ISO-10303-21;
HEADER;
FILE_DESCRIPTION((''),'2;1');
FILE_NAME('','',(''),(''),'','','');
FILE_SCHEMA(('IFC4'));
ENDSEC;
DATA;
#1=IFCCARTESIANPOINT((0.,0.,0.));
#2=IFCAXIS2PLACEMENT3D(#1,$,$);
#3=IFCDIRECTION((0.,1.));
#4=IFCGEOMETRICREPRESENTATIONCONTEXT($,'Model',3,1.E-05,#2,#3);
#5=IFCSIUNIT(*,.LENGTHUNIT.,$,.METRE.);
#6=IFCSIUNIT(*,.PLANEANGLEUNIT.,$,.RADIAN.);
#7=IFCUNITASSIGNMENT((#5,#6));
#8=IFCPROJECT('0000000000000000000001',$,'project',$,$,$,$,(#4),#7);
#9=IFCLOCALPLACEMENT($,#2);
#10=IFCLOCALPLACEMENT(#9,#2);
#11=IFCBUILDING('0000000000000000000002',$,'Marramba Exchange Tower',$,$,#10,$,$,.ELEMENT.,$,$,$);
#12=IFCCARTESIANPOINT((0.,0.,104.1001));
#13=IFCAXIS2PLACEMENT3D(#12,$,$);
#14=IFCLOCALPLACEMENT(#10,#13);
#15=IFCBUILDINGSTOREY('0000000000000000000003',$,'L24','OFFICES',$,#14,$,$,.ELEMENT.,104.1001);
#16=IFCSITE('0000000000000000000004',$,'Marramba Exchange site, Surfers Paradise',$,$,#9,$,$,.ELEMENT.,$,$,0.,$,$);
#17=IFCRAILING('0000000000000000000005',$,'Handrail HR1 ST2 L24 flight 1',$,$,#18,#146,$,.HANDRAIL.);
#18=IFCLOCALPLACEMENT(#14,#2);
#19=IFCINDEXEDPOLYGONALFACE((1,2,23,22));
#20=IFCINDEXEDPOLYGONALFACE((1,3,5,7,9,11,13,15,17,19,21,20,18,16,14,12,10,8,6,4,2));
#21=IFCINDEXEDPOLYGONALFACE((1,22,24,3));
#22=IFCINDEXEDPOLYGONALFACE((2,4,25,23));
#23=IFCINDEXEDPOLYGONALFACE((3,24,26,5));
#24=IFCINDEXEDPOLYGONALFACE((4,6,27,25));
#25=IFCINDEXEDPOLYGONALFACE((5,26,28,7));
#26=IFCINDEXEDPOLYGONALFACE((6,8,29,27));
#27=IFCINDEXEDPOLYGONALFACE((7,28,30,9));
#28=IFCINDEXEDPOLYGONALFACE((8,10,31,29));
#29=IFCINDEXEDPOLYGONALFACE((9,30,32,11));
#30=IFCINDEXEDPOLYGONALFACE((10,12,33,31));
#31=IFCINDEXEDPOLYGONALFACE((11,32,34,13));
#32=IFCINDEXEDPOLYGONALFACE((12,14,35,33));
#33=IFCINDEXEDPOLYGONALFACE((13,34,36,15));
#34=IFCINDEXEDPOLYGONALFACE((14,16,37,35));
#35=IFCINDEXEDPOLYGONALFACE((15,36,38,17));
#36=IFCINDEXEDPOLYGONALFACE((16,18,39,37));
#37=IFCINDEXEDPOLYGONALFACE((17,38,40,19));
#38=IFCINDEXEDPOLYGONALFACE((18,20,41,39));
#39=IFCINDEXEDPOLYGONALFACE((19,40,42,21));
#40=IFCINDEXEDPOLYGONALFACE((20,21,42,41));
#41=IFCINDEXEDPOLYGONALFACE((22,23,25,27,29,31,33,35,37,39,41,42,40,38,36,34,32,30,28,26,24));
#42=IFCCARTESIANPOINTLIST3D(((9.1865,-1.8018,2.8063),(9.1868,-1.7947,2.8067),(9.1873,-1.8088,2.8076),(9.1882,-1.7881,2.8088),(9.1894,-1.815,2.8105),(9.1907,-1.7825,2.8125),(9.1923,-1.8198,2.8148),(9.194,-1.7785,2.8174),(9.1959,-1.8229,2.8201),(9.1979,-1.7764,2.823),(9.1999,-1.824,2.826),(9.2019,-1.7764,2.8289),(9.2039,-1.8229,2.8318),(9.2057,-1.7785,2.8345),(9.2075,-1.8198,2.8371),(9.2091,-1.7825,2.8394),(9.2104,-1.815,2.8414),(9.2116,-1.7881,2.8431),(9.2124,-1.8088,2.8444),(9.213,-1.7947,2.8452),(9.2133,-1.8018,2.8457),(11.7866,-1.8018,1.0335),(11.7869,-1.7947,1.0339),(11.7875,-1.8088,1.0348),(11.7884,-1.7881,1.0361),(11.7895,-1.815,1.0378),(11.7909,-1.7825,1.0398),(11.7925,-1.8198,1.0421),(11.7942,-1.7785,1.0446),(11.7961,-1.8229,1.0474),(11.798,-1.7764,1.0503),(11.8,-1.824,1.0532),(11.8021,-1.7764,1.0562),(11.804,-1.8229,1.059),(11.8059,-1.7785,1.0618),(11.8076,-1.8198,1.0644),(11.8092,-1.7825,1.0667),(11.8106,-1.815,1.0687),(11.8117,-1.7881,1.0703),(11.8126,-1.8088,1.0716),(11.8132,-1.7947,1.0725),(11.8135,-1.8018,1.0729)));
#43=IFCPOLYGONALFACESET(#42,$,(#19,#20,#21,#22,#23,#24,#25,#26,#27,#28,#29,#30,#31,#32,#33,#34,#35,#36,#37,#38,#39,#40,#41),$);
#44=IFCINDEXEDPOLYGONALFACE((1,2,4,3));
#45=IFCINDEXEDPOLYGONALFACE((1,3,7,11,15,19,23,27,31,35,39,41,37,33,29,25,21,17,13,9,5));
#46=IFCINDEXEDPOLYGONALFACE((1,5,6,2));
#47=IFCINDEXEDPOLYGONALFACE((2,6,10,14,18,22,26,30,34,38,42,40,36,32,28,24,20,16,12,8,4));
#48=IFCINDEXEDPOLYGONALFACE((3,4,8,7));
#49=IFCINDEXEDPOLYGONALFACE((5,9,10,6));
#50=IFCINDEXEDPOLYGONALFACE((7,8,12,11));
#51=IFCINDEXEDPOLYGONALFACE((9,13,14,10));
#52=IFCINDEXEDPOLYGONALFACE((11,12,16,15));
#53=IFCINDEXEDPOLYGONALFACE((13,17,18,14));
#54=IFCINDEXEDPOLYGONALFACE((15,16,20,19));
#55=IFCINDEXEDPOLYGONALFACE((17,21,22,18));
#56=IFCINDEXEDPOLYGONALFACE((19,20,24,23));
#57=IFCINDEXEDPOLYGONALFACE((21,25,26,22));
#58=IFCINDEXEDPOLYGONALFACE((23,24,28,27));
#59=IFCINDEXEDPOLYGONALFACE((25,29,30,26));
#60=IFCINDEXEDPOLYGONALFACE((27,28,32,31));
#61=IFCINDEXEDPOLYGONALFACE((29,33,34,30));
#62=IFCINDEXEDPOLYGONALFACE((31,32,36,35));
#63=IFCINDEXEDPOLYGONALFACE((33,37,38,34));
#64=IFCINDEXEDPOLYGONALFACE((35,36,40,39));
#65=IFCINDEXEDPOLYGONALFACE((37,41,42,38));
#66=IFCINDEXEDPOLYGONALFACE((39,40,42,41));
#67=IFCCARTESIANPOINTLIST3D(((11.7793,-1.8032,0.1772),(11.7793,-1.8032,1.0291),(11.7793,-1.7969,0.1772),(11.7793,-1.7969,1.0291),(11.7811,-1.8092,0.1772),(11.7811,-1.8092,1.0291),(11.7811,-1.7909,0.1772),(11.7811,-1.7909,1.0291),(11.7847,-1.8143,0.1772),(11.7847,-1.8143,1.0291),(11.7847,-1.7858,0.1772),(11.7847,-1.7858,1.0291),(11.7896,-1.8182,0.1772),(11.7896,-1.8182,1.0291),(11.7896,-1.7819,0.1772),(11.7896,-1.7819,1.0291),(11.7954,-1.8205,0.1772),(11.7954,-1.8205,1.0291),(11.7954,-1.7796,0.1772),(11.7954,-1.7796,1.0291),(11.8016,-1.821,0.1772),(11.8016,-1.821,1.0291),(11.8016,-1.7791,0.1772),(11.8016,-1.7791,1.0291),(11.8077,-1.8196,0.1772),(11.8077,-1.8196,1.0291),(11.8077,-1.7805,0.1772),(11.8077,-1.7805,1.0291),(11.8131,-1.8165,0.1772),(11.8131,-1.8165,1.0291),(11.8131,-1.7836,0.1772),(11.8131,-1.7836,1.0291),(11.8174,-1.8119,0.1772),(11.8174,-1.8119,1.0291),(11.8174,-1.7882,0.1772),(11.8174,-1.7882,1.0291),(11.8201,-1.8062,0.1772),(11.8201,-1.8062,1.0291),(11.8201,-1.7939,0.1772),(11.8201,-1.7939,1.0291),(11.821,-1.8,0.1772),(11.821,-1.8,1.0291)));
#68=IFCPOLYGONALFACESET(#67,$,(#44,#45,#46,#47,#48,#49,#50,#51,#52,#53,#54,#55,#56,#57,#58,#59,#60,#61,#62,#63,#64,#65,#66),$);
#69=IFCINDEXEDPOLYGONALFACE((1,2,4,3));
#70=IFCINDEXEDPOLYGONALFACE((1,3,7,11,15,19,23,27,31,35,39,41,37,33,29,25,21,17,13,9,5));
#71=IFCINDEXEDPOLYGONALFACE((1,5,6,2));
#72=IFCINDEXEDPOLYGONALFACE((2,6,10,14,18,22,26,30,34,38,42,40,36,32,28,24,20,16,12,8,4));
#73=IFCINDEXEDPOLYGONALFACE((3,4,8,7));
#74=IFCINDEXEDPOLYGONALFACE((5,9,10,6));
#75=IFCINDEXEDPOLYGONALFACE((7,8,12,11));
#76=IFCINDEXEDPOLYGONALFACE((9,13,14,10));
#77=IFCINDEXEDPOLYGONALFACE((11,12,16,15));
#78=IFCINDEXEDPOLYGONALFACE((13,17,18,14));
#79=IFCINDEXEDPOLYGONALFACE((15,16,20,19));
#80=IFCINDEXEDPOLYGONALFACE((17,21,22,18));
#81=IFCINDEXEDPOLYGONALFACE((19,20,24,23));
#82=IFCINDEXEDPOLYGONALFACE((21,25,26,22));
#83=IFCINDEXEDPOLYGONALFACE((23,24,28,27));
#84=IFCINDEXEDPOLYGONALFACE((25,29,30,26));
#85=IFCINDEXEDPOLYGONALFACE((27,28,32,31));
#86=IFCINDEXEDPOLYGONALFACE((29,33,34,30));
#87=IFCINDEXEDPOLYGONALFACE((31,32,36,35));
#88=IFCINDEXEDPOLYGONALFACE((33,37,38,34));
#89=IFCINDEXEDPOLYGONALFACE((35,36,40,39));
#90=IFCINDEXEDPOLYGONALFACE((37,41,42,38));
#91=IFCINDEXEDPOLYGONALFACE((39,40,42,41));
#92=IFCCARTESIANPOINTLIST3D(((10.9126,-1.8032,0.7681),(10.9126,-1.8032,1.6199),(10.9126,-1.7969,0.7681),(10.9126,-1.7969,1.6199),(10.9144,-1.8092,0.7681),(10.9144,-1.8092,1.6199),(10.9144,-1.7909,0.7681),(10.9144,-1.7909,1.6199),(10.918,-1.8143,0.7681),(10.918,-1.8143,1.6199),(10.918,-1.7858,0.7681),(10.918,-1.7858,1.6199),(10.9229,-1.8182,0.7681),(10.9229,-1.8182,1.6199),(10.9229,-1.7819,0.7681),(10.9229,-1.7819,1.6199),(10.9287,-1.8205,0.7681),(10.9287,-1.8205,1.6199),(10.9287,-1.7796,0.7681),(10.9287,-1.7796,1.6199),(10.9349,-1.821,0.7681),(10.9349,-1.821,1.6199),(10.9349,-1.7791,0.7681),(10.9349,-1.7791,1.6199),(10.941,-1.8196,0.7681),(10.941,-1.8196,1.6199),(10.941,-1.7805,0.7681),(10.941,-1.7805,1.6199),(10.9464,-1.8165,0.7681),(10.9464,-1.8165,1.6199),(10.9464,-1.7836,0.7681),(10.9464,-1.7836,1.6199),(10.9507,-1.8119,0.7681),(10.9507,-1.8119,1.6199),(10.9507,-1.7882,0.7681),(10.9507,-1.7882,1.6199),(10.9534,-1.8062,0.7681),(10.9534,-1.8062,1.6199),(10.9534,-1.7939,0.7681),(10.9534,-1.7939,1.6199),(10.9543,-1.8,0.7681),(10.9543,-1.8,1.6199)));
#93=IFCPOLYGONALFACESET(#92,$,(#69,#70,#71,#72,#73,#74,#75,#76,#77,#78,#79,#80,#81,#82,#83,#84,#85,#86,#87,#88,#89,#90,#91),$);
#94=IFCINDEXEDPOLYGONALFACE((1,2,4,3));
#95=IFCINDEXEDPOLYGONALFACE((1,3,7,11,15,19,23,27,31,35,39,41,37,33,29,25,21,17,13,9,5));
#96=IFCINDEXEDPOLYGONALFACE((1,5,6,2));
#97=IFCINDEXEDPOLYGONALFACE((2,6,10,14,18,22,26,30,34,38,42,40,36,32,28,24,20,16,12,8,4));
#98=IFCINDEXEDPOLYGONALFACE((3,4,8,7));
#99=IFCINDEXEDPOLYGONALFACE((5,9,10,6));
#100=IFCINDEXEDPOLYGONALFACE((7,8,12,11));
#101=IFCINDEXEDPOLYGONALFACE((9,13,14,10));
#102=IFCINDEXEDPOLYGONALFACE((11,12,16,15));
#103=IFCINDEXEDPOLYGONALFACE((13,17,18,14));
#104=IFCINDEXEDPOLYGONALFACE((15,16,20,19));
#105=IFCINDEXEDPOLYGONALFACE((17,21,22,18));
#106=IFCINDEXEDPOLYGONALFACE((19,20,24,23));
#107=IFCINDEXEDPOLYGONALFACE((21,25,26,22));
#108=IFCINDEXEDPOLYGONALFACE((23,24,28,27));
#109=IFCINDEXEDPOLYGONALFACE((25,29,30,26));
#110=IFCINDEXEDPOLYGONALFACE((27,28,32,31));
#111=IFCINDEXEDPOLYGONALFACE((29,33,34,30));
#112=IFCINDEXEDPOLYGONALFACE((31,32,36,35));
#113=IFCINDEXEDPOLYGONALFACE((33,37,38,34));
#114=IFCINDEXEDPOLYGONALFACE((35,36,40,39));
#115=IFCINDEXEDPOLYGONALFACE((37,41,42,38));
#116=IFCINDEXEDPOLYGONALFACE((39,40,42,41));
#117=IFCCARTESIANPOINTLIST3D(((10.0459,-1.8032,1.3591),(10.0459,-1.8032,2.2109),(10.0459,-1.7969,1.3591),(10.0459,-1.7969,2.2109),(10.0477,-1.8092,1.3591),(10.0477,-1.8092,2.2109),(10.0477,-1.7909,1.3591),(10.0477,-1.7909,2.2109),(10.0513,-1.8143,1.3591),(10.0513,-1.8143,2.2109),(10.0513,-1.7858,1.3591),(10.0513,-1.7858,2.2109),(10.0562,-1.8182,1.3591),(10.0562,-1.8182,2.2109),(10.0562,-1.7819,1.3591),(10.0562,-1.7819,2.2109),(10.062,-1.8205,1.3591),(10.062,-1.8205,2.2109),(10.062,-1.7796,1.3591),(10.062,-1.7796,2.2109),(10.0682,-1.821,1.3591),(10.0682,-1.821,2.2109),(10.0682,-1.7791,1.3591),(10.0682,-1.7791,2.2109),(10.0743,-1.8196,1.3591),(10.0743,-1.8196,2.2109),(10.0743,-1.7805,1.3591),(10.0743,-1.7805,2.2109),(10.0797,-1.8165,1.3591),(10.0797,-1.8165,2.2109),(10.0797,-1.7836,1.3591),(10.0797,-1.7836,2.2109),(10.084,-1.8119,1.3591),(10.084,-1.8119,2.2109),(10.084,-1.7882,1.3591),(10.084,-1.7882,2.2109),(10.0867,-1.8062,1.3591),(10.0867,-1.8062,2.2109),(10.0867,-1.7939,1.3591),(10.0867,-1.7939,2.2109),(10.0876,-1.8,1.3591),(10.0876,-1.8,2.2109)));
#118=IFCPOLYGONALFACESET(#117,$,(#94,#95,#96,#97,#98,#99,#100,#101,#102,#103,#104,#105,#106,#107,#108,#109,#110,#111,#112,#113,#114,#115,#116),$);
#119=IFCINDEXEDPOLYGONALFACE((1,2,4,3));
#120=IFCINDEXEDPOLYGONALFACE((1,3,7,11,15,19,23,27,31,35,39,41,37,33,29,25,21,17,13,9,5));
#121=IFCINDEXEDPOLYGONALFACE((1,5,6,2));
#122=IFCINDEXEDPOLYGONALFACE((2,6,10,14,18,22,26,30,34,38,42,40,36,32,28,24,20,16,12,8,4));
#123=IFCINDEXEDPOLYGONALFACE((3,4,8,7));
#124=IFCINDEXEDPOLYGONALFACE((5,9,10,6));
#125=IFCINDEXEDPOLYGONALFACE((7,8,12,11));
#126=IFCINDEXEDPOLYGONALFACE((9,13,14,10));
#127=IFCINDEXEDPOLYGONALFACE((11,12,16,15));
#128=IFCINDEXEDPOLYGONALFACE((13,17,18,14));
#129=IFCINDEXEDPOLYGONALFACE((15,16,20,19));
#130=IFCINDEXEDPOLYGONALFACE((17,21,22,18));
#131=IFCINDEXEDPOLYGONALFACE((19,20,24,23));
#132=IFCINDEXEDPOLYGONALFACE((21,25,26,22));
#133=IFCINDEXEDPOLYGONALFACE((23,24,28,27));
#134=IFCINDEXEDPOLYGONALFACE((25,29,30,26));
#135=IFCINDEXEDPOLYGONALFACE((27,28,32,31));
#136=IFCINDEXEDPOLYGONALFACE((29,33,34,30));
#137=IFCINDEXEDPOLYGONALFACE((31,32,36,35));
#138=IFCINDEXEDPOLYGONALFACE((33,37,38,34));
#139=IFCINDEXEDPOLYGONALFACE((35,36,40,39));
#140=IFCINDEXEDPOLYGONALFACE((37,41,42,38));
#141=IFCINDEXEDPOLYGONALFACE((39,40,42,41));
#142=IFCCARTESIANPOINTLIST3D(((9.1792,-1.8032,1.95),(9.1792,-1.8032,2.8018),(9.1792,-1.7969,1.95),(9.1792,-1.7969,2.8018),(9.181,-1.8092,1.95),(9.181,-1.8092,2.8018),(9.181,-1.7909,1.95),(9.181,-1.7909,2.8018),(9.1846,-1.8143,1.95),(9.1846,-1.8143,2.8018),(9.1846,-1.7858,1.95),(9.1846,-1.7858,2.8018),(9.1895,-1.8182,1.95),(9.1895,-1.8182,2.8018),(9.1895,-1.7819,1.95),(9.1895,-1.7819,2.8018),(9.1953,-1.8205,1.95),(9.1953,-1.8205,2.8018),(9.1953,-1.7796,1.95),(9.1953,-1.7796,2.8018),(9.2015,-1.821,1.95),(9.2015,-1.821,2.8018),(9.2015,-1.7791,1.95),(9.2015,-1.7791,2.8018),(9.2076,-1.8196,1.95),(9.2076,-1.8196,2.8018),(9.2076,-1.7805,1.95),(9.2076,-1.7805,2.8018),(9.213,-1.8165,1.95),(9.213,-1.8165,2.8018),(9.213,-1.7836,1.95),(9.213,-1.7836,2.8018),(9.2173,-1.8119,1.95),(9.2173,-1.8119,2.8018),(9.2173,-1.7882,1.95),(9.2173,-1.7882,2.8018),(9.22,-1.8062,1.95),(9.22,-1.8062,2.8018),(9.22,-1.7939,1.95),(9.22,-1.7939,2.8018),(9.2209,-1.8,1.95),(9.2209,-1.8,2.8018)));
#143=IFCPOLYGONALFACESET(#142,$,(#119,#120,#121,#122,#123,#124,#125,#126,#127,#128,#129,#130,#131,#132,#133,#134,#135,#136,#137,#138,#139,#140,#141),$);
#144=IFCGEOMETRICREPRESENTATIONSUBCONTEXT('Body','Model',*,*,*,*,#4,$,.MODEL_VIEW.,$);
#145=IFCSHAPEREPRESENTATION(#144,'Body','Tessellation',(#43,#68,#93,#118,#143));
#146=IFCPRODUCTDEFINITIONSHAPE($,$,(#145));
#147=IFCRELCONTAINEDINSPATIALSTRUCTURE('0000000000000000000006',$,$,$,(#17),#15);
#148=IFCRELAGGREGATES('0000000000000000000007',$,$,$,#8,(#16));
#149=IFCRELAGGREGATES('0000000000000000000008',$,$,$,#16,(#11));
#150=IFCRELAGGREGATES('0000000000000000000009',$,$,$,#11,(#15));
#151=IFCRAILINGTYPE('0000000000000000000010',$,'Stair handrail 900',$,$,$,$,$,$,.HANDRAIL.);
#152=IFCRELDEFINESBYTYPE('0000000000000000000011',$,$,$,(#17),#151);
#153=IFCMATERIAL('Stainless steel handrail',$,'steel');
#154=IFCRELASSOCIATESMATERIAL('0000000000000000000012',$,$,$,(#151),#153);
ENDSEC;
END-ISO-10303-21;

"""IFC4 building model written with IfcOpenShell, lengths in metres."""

from ifc_helpers import new_model, si_unit, direction, frame, origin, origin_2d, place, context, subcontext, project, spatial, circle, extrude, material, type_object, element, save


model = new_model("IFC4")

# Units and contexts
model_context = context("Model", 3, precision=1e-05, world=origin(), true_north=direction((0.0, 1.0)))
body_context = subcontext(model_context, "Body", "Model", "MODEL_VIEW")
ifc_project = project(units=[si_unit("LENGTHUNIT", "METRE"), si_unit("PLANEANGLEUNIT", "RADIAN")], contexts=[model_context])

# Site, building, storey
site_placement = place(None, origin())
site = spatial("IfcSite", under=ifc_project, at=site_placement, Name="Marramba Exchange site, Surfers Paradise", CompositionType="ELEMENT", RefElevation=0.0)
building_placement = place(site_placement, origin())
building = spatial("IfcBuilding", under=site, at=building_placement, Name="Marramba Exchange Tower", CompositionType="ELEMENT")
storey_placement = place(building_placement, frame((0.0, 0.0, 104.1001)))
storey = spatial("IfcBuildingStorey", under=building, at=storey_placement, Name="L24", Description="OFFICES", CompositionType="ELEMENT", Elevation=104.1001)

# Railing
ifc_material_1 = material(Name="Stainless steel handrail", Category="steel")
railing_type = type_object("IfcRailingType", Name="Stair handrail 900", PredefinedType="HANDRAIL", material=ifc_material_1)
railing_placement = place(storey_placement, frame((11.8, -1.8, 0.1772)))
element("IfcRailing", 1, at=railing_placement, inside=storey, type_object=railing_type, Name="Handrail HR1 ST2 L24 flight 1", PredefinedType="HANDRAIL", context=body_context, shape_type="SweptSolid", body=[
    extrude(circle(Radius=0.0239, at=origin_2d()), frame((0.0, 0.0, 0.876), z_axis=(-0.82624, 0.0, 0.563318), x_axis=(0.0, -1.0, 0.0)), (0.0, 0.0, 1.0), 3.147),
    extrude(circle(Radius=0.021, at=origin_2d()), origin(), (0.0, 0.0, 1.0), 0.8518),
    extrude(circle(Radius=0.021, at=origin_2d()), frame((-0.8667, 0.0, 0.5908)), (0.0, 0.0, 1.0), 0.8518),
    extrude(circle(Radius=0.021, at=origin_2d()), frame((-1.7334, 0.0, 1.1819)), (0.0, 0.0, 1.0), 0.8518),
    extrude(circle(Radius=0.021, at=origin_2d()), frame((-2.6001, 0.0, 1.7727)), (0.0, 0.0, 1.0), 0.8518),
])

save(model, "model.ifc")
